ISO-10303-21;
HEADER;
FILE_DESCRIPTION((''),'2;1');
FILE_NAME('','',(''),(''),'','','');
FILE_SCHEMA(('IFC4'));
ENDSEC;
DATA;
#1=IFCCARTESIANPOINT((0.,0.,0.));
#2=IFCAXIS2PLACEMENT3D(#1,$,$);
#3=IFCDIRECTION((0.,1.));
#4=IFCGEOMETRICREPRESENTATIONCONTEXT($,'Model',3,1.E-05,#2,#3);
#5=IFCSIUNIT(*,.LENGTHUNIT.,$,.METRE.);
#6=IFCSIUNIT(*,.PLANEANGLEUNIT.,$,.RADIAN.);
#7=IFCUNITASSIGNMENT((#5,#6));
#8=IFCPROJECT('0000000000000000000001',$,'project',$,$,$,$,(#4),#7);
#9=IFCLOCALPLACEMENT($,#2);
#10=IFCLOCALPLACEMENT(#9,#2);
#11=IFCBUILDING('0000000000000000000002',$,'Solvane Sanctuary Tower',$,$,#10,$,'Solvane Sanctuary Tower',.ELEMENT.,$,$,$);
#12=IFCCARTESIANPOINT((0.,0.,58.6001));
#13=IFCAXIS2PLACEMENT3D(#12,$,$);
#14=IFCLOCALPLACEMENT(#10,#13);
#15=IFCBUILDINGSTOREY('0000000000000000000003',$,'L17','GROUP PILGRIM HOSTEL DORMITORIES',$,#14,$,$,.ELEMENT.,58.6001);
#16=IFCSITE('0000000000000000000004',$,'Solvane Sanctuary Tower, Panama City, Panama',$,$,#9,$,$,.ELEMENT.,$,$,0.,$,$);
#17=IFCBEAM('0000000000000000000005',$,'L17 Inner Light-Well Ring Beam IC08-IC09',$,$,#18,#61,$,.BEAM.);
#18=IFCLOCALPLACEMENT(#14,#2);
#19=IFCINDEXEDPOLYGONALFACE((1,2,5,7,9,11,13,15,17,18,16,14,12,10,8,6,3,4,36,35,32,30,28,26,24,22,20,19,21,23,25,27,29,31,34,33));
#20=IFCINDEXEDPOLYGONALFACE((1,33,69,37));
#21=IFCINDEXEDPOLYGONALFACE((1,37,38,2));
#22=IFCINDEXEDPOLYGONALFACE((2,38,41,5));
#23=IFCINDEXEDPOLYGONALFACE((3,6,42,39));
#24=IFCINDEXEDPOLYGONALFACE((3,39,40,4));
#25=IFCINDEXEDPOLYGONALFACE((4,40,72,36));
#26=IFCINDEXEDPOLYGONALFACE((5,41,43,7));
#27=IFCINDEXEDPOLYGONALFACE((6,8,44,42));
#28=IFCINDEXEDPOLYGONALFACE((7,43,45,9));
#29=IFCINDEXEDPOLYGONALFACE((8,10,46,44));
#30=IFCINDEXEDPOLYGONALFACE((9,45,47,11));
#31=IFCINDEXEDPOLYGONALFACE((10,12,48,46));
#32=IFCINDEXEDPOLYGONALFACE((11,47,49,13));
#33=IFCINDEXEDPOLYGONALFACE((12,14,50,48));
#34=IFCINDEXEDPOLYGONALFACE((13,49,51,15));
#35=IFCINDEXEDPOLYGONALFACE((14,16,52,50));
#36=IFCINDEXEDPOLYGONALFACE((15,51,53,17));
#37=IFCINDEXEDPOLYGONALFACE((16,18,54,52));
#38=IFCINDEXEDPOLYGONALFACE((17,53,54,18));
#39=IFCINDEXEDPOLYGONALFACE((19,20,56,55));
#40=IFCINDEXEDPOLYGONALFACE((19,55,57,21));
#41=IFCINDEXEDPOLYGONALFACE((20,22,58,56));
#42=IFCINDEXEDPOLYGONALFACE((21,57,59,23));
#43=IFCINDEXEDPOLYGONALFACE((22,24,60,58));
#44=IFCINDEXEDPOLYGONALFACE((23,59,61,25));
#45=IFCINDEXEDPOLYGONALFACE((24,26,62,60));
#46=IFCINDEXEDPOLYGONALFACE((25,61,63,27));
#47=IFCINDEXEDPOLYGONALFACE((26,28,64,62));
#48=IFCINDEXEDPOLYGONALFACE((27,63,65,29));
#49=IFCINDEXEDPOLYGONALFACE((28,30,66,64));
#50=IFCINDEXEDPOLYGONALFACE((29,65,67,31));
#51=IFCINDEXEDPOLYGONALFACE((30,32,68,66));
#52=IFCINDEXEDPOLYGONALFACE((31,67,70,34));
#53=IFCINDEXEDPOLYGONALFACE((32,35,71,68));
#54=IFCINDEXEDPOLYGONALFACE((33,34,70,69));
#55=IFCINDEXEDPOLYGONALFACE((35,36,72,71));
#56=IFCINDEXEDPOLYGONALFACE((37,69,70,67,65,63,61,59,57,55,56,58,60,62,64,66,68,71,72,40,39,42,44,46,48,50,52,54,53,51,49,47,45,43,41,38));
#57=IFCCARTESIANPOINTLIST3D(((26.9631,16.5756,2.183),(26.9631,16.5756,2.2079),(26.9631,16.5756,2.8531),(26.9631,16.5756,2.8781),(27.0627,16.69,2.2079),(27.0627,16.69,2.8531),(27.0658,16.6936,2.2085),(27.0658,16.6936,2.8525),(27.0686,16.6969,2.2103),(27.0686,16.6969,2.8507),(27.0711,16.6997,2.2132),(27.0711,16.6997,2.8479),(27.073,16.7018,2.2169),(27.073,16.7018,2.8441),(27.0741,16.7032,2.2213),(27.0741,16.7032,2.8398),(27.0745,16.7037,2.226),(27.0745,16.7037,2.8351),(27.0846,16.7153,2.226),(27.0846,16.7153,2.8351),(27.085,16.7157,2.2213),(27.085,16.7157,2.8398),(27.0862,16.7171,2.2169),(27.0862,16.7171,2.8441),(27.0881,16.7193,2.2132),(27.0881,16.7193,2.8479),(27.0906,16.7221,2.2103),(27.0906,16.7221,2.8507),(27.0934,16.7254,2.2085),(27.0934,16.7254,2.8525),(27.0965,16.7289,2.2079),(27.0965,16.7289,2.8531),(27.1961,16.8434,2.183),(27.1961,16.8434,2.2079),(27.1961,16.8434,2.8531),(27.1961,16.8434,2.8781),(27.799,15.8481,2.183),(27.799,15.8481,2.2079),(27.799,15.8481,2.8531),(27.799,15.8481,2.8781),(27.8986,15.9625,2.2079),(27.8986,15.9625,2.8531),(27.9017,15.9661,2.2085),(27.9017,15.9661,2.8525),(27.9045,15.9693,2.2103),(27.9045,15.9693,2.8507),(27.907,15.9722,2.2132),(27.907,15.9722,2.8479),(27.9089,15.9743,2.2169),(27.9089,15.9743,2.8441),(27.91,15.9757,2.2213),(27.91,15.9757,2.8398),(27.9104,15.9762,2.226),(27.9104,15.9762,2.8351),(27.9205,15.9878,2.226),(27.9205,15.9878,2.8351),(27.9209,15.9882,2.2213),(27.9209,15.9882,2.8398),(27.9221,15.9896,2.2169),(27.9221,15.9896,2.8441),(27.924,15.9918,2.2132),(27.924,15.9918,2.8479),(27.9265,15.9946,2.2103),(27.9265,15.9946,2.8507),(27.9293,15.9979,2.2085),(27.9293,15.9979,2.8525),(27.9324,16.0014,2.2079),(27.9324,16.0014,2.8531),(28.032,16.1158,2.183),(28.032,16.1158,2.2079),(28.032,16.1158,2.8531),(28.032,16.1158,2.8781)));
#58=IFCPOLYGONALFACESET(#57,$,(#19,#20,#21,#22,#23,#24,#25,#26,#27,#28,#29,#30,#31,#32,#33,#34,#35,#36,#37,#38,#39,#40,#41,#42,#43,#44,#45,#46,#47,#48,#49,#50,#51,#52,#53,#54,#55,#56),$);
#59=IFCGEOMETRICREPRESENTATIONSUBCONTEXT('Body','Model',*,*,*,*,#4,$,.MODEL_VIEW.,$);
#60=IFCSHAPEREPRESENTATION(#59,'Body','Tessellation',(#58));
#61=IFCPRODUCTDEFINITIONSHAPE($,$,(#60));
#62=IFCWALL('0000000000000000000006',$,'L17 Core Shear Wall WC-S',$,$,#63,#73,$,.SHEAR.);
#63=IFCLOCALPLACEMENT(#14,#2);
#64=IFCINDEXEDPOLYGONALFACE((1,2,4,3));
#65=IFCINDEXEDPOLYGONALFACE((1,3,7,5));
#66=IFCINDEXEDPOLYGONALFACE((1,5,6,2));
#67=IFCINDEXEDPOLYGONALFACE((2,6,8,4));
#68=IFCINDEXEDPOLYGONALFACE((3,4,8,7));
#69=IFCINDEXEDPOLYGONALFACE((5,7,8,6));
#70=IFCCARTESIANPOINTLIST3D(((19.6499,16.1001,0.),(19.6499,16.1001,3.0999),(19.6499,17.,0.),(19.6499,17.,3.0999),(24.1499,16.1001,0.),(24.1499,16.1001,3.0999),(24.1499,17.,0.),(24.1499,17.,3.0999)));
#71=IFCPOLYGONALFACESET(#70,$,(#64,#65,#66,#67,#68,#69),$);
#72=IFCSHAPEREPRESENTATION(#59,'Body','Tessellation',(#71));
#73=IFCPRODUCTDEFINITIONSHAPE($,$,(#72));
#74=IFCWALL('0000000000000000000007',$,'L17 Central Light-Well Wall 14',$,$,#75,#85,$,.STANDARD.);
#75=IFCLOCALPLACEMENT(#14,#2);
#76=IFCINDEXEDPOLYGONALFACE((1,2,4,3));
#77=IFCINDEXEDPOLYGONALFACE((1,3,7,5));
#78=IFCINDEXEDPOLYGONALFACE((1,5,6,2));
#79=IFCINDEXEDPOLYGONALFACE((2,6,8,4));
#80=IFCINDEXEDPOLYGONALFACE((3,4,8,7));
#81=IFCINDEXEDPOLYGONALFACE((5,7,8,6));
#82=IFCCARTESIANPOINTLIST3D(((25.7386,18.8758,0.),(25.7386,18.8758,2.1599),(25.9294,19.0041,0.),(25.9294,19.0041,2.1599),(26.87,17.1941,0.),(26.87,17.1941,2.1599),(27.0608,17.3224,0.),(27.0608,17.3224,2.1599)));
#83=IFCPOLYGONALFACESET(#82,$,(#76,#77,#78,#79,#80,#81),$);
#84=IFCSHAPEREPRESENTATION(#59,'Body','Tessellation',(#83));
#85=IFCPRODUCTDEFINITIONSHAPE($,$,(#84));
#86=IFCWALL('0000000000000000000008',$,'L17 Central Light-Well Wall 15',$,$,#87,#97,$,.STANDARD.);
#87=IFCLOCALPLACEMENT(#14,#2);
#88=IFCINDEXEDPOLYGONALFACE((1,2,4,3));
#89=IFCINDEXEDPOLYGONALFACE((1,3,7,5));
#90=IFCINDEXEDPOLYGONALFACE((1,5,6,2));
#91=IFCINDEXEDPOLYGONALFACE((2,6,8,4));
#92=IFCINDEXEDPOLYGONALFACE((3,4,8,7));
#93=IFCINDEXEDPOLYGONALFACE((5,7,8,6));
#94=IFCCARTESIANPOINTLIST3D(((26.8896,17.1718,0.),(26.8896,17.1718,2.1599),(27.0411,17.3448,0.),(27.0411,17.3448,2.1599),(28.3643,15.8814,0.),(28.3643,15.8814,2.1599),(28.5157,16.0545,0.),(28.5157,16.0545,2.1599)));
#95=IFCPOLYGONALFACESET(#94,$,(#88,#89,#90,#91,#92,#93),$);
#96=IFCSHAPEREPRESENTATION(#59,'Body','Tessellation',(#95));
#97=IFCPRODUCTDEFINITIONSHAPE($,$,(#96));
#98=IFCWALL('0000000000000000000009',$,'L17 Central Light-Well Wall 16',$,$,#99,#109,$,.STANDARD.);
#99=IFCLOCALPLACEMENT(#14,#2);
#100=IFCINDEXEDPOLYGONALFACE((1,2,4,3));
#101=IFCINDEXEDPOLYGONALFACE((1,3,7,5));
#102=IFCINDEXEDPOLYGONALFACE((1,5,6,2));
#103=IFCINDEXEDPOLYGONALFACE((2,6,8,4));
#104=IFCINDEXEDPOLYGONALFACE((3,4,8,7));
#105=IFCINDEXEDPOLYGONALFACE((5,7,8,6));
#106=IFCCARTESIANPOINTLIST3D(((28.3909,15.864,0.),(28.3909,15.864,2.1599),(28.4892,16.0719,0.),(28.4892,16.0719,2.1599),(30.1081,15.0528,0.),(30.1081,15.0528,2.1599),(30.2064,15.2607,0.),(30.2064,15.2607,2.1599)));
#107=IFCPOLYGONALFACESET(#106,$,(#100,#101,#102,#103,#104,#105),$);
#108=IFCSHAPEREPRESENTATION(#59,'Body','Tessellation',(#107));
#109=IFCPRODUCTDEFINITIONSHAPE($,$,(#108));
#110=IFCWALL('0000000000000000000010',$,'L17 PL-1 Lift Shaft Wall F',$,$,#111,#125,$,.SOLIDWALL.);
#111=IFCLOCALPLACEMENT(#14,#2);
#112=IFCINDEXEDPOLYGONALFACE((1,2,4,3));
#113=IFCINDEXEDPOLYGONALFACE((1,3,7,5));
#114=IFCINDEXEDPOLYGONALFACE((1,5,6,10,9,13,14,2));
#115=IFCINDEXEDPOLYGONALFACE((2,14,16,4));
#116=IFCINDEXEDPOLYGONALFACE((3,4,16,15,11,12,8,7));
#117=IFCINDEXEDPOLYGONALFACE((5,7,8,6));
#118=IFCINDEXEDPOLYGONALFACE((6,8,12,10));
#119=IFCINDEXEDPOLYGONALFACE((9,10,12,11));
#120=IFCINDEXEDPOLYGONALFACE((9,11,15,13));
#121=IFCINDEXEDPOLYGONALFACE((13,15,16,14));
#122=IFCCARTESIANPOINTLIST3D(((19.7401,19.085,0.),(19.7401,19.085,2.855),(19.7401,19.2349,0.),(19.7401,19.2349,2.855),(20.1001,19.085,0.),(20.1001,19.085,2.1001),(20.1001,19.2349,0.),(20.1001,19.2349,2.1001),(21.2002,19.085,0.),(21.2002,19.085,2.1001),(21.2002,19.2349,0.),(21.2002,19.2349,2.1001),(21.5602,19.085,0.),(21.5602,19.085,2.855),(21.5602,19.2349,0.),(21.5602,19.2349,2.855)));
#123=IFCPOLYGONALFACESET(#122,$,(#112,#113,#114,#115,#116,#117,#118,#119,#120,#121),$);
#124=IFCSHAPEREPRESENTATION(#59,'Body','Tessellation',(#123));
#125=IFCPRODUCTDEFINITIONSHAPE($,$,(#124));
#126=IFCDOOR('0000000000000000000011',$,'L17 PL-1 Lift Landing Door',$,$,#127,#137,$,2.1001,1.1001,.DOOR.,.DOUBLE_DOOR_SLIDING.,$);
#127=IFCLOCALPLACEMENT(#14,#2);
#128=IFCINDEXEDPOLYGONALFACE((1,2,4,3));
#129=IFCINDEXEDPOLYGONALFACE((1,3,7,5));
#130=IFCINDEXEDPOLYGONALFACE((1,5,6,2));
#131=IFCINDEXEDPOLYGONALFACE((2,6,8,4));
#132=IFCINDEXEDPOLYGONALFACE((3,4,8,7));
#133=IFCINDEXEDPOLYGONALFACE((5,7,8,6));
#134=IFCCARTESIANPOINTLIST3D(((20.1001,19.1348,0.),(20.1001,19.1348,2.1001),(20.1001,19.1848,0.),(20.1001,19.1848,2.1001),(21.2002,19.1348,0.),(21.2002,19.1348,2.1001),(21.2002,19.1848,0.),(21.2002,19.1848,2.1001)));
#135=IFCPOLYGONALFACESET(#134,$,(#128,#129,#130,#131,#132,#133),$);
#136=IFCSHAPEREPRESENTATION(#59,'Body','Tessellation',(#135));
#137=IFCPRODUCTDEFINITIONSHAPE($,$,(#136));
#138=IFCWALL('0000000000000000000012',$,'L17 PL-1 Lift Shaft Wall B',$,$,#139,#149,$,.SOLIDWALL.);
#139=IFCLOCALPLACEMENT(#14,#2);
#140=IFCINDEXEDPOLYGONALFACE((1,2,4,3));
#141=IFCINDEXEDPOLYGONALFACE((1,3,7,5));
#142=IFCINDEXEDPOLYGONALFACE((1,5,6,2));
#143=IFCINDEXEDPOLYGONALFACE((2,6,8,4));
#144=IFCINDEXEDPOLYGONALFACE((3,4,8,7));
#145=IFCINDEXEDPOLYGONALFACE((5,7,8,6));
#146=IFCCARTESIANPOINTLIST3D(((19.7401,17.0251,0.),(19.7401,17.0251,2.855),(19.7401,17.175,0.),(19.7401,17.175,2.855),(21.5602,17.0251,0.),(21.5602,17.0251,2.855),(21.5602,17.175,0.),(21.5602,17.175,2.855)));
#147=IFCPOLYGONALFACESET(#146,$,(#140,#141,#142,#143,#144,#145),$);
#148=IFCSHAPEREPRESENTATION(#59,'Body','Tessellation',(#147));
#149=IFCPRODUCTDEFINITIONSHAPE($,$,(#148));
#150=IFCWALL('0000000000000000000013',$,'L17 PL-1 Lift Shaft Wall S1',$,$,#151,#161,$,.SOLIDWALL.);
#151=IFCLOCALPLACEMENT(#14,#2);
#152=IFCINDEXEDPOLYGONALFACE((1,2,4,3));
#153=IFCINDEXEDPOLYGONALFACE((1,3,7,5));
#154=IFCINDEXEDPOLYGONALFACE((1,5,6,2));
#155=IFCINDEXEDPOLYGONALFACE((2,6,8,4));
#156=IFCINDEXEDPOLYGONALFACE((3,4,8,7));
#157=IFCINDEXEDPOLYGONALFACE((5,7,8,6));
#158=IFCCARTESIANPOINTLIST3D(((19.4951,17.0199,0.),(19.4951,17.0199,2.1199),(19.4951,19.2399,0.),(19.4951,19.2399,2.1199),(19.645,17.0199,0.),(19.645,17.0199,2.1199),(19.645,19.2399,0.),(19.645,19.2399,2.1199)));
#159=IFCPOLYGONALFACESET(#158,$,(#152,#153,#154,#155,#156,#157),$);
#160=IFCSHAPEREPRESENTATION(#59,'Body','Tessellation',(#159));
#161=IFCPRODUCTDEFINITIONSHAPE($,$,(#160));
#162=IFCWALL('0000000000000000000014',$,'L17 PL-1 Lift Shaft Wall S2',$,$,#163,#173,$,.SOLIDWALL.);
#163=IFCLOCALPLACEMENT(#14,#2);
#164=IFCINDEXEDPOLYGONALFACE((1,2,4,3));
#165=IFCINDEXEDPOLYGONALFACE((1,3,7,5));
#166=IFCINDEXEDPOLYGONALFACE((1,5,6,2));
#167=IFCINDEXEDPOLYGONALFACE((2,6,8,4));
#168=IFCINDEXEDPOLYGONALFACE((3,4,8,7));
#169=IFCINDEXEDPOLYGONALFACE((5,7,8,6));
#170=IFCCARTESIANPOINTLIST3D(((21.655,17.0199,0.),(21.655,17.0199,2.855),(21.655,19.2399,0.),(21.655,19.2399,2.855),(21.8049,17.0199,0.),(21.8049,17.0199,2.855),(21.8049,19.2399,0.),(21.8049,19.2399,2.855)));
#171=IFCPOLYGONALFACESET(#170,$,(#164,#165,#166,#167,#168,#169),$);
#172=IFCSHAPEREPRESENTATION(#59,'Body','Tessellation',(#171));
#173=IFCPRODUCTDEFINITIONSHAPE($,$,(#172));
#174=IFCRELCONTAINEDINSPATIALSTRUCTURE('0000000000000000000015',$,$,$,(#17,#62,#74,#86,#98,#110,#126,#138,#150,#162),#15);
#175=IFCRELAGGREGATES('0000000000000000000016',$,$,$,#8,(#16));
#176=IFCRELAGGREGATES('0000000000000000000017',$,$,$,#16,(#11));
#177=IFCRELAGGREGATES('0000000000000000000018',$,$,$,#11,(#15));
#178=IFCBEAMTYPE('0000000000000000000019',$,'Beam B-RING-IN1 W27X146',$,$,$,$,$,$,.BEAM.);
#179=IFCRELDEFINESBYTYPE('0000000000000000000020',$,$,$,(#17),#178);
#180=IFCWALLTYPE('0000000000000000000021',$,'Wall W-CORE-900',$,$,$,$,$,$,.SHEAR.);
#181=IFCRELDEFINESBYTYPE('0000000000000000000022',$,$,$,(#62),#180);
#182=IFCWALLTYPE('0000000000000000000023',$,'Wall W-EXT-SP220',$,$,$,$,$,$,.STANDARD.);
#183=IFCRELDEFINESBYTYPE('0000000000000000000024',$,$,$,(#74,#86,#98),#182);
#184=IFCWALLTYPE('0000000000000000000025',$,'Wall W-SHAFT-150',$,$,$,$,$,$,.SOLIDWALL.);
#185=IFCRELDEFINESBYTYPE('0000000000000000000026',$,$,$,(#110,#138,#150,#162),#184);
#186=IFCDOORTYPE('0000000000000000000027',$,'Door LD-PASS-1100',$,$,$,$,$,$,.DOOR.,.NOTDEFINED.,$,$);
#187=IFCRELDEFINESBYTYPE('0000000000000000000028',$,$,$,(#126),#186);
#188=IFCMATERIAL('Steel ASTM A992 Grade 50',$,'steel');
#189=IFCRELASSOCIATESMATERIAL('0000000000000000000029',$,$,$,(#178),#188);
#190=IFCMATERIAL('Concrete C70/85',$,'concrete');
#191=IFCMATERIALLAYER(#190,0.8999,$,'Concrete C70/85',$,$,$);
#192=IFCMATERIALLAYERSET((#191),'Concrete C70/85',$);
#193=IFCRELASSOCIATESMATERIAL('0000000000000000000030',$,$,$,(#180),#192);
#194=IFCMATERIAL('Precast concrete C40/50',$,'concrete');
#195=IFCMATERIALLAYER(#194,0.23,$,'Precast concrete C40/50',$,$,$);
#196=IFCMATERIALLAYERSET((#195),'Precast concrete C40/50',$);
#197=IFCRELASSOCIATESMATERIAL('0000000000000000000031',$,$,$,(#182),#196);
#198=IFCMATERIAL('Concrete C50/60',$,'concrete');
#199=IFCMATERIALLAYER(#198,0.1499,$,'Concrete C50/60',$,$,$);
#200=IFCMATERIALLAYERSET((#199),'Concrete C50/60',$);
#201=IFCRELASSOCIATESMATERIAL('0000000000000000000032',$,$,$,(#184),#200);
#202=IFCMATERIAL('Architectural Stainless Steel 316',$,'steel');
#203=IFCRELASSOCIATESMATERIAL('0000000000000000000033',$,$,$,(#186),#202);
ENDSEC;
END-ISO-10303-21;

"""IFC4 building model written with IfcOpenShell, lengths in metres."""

from ifc_helpers import new_model, si_unit, direction, frame, frame_2d, origin, origin_2d, place, context, subcontext, project, spatial, rectangle, i_section, extrude, material, layer, layer_set, material_profile, profile_set, type_object, element, fill, save


model = new_model("IFC4")

# Units and contexts
model_context = context("Model", 3, precision=1e-05, world=origin(), true_north=direction((0.0, 1.0)))
body_context = subcontext(model_context, "Body", "Model", "MODEL_VIEW")
ifc_project = project(units=[si_unit("LENGTHUNIT", "METRE"), si_unit("PLANEANGLEUNIT", "RADIAN")], contexts=[model_context])

# Site, building, storey
site_placement = place(None, origin())
site = spatial("IfcSite", under=ifc_project, at=site_placement, Name="Solvane Sanctuary Tower, Panama City, Panama", CompositionType="ELEMENT", RefElevation=0.0)
building_placement = place(site_placement, origin())
building = spatial("IfcBuilding", under=site, at=building_placement, Name="Solvane Sanctuary Tower", LongName="Solvane Sanctuary Tower", CompositionType="ELEMENT")
storey_placement = place(building_placement, frame((0.0, 0.0, 58.6001)))
storey = spatial("IfcBuildingStorey", under=building, at=storey_placement, Name="L17", Description="GROUP PILGRIM HOSTEL DORMITORIES", CompositionType="ELEMENT", Elevation=58.6001)

# Shared definitions
ifc_material_1 = material(Name="Concrete C70/85", Category="concrete")

# Beam
ifc_material_2 = material(Name="Steel ASTM A992 Grade 50", Category="steel")
ifc_material_profile_1 = material_profile(ifc_material_2, i_section(OverallWidth=0.355, OverallDepth=0.6951, WebThickness=0.0154, FlangeThickness=0.0249, FilletRadius=0.0181, at=origin_2d()), Name="W27X146")
ifc_profile_set_1 = profile_set([ifc_material_profile_1], Name="Steel ASTM A992 Grade 50")
beam_type_1 = type_object("IfcBeamType", Name="Beam B-RING-IN1 W27X146", PredefinedType="BEAM", material=ifc_profile_set_1)
beam_1_placement = place(storey_placement, frame((27.0796, 16.7095, 2.5305), z_axis=(0.754321, -0.656506, 0.0), x_axis=(0.656506, 0.754321, 0.0)))
element("IfcBeam", 1, at=beam_1_placement, inside=storey, type_object=beam_type_1, Name="L17 Inner Light-Well Ring Beam IC08-IC09", PredefinedType="BEAM", context=body_context, shape_type="SweptSolid", body=[
    extrude(i_section(OverallWidth=0.355, OverallDepth=0.6951, WebThickness=0.0154, FlangeThickness=0.0249, FilletRadius=0.0181, at=origin_2d()), origin(), (0.0, 0.0, 1.0), 1.1082),
])

# Walls
ifc_layer_1 = layer(ifc_material_1, 0.8999, Name="Concrete C70/85")
ifc_layer_set_1 = layer_set([ifc_layer_1], Name="Concrete C70/85")
wall_type_1 = type_object("IfcWallType", Name="Wall W-CORE-900", PredefinedType="SHEAR", material=ifc_layer_set_1)
wall_1_placement = place(storey_placement, frame((19.6499, 16.55, 0.0), z_axis=(0.0, 0.0, 1.0), x_axis=(1.0, 0.0, 0.0)))
element("IfcWall", 2, at=wall_1_placement, inside=storey, type_object=wall_type_1, Name="L17 Core Shear Wall WC-S", PredefinedType="SHEAR", context=body_context, shape_type="SweptSolid", body=[
    extrude(rectangle(XDim=4.5, YDim=0.8999, at=frame_2d((2.25, 0.0))), origin(), (0.0, 0.0, 1.0), 3.0999),
])
ifc_material_3 = material(Name="Precast concrete C40/50", Category="concrete")
ifc_layer_2 = layer(ifc_material_3, 0.23, Name="Precast concrete C40/50")
ifc_layer_set_2 = layer_set([ifc_layer_2], Name="Precast concrete C40/50")
wall_type_2 = type_object("IfcWallType", Name="Wall W-EXT-SP220", PredefinedType="STANDARD", material=ifc_layer_set_2)
wall_2_placement = place(storey_placement, frame((25.834, 18.9399, 0.0), z_axis=(0.0, 0.0, 1.0), x_axis=(0.558198, -0.829708, 0.0)))
element("IfcWall", 3, at=wall_2_placement, inside=storey, type_object=wall_type_2, Name="L17 Central Light-Well Wall 14", PredefinedType="STANDARD", context=body_context, shape_type="SweptSolid", body=[
    extrude(rectangle(XDim=2.0269, YDim=0.23, at=frame_2d((1.0134, 0.0))), origin(), (0.0, 0.0, 1.0), 2.1599),
])
wall_3_placement = place(storey_placement, frame((26.9653, 17.2583, 0.0), z_axis=(0.0, 0.0, 1.0), x_axis=(0.752577, -0.658505, 0.0)))
element("IfcWall", 4, at=wall_3_placement, inside=storey, type_object=wall_type_2, Name="L17 Central Light-Well Wall 15", PredefinedType="STANDARD", context=body_context, shape_type="SweptSolid", body=[
    extrude(rectangle(XDim=1.9595, YDim=0.23, at=frame_2d((0.9797, 0.0))), origin(), (0.0, 0.0, 1.0), 2.1599),
])
wall_4_placement = place(storey_placement, frame((28.4399, 15.968, 0.0), z_axis=(0.0, 0.0, 1.0), x_axis=(0.90418, -0.427152, 0.0)))
element("IfcWall", 5, at=wall_4_placement, inside=storey, type_object=wall_type_2, Name="L17 Central Light-Well Wall 16", PredefinedType="STANDARD", context=body_context, shape_type="SweptSolid", body=[
    extrude(rectangle(XDim=1.8992, YDim=0.23, at=frame_2d((0.9497, 0.0))), origin(), (0.0, 0.0, 1.0), 2.1599),
])

# Wall, opening, door
ifc_material_4 = material(Name="Concrete C50/60", Category="concrete")
ifc_layer_3 = layer(ifc_material_4, 0.1499, Name="Concrete C50/60")
ifc_layer_set_3 = layer_set([ifc_layer_3], Name="Concrete C50/60")
wall_type_3 = type_object("IfcWallType", Name="Wall W-SHAFT-150", PredefinedType="SOLIDWALL", material=ifc_layer_set_3)
wall_5_placement = place(storey_placement, frame((19.74, 19.1599, 0.0), z_axis=(0.0, 0.0, 1.0), x_axis=(1.0, 0.0, 0.0)))
wall_5 = element("IfcWall", 6, at=wall_5_placement, inside=storey, type_object=wall_type_3, Name="L17 PL-1 Lift Shaft Wall F", PredefinedType="SOLIDWALL", context=body_context, shape_type="SweptSolid", body=[
    extrude(rectangle(XDim=1.8201, YDim=0.1499, at=frame_2d((0.9102, 0.0))), origin(), (0.0, 0.0, 1.0), 2.855),
])
opening_1_placement = place(wall_5_placement, frame((0.3601, 0.0, 0.0)))
opening_1 = element("IfcOpeningElement", 7, at=opening_1_placement, cuts=wall_5, PredefinedType="OPENING", context=body_context, shape_type="SweptSolid", body=[
    extrude(rectangle(XDim=1.1001, YDim=2.1001, at=frame_2d((0.55, 1.05))), frame((0.0, 0.085, 0.0), z_axis=(0.0, -1.0, 0.0), x_axis=(1.0, 0.0, 0.0)), (0.0, 0.0, 1.0), 0.1699),
])
ifc_material_5 = material(Name="Architectural Stainless Steel 316", Category="steel")
door_type = type_object("IfcDoorType", Name="Door LD-PASS-1100", OperationType="NOTDEFINED", PredefinedType="DOOR", material=ifc_material_5)
door_1_placement = place(opening_1_placement, origin())
door_1 = element("IfcDoor", 8, at=door_1_placement, inside=storey, type_object=door_type, Name="L17 PL-1 Lift Landing Door", OperationType="DOUBLE_DOOR_SLIDING", OverallHeight=2.1001, OverallWidth=1.1001, PredefinedType="DOOR", context=body_context, shape_type="SweptSolid", body=[
    extrude(rectangle(XDim=1.1001, YDim=2.1001, at=frame_2d((0.55, 1.05))), frame((0.0, 0.0249, 0.0), z_axis=(0.0, -1.0, 0.0), x_axis=(1.0, 0.0, 0.0)), (0.0, 0.0, 1.0), 0.05),
])
fill(opening_1, door_1)

# Walls
wall_6_placement = place(storey_placement, frame((19.74, 17.1001, 0.0), z_axis=(0.0, 0.0, 1.0), x_axis=(1.0, 0.0, 0.0)))
element("IfcWall", 9, at=wall_6_placement, inside=storey, type_object=wall_type_3, Name="L17 PL-1 Lift Shaft Wall B", PredefinedType="SOLIDWALL", context=body_context, shape_type="SweptSolid", body=[
    extrude(rectangle(XDim=1.8201, YDim=0.1499, at=frame_2d((0.9102, 0.0))), origin(), (0.0, 0.0, 1.0), 2.855),
])
wall_7_placement = place(storey_placement, frame((19.5701, 17.02, 0.0), z_axis=(0.0, 0.0, 1.0), x_axis=(0.0, 1.0, 0.0)))
element("IfcWall", 10, at=wall_7_placement, inside=storey, type_object=wall_type_3, Name="L17 PL-1 Lift Shaft Wall S1", PredefinedType="SOLIDWALL", context=body_context, shape_type="SweptSolid", body=[
    extrude(rectangle(XDim=2.22, YDim=0.1499, at=frame_2d((1.1099, 0.0))), origin(), (0.0, 0.0, 1.0), 2.1199),
])
wall_8_placement = place(storey_placement, frame((21.73, 17.02, 0.0), z_axis=(0.0, 0.0, 1.0), x_axis=(0.0, 1.0, 0.0)))
element("IfcWall", 11, at=wall_8_placement, inside=storey, type_object=wall_type_3, Name="L17 PL-1 Lift Shaft Wall S2", PredefinedType="SOLIDWALL", context=body_context, shape_type="SweptSolid", body=[
    extrude(rectangle(XDim=2.22, YDim=0.1499, at=frame_2d((1.1099, 0.0))), origin(), (0.0, 0.0, 1.0), 2.855),
])

save(model, "model.ifc")
